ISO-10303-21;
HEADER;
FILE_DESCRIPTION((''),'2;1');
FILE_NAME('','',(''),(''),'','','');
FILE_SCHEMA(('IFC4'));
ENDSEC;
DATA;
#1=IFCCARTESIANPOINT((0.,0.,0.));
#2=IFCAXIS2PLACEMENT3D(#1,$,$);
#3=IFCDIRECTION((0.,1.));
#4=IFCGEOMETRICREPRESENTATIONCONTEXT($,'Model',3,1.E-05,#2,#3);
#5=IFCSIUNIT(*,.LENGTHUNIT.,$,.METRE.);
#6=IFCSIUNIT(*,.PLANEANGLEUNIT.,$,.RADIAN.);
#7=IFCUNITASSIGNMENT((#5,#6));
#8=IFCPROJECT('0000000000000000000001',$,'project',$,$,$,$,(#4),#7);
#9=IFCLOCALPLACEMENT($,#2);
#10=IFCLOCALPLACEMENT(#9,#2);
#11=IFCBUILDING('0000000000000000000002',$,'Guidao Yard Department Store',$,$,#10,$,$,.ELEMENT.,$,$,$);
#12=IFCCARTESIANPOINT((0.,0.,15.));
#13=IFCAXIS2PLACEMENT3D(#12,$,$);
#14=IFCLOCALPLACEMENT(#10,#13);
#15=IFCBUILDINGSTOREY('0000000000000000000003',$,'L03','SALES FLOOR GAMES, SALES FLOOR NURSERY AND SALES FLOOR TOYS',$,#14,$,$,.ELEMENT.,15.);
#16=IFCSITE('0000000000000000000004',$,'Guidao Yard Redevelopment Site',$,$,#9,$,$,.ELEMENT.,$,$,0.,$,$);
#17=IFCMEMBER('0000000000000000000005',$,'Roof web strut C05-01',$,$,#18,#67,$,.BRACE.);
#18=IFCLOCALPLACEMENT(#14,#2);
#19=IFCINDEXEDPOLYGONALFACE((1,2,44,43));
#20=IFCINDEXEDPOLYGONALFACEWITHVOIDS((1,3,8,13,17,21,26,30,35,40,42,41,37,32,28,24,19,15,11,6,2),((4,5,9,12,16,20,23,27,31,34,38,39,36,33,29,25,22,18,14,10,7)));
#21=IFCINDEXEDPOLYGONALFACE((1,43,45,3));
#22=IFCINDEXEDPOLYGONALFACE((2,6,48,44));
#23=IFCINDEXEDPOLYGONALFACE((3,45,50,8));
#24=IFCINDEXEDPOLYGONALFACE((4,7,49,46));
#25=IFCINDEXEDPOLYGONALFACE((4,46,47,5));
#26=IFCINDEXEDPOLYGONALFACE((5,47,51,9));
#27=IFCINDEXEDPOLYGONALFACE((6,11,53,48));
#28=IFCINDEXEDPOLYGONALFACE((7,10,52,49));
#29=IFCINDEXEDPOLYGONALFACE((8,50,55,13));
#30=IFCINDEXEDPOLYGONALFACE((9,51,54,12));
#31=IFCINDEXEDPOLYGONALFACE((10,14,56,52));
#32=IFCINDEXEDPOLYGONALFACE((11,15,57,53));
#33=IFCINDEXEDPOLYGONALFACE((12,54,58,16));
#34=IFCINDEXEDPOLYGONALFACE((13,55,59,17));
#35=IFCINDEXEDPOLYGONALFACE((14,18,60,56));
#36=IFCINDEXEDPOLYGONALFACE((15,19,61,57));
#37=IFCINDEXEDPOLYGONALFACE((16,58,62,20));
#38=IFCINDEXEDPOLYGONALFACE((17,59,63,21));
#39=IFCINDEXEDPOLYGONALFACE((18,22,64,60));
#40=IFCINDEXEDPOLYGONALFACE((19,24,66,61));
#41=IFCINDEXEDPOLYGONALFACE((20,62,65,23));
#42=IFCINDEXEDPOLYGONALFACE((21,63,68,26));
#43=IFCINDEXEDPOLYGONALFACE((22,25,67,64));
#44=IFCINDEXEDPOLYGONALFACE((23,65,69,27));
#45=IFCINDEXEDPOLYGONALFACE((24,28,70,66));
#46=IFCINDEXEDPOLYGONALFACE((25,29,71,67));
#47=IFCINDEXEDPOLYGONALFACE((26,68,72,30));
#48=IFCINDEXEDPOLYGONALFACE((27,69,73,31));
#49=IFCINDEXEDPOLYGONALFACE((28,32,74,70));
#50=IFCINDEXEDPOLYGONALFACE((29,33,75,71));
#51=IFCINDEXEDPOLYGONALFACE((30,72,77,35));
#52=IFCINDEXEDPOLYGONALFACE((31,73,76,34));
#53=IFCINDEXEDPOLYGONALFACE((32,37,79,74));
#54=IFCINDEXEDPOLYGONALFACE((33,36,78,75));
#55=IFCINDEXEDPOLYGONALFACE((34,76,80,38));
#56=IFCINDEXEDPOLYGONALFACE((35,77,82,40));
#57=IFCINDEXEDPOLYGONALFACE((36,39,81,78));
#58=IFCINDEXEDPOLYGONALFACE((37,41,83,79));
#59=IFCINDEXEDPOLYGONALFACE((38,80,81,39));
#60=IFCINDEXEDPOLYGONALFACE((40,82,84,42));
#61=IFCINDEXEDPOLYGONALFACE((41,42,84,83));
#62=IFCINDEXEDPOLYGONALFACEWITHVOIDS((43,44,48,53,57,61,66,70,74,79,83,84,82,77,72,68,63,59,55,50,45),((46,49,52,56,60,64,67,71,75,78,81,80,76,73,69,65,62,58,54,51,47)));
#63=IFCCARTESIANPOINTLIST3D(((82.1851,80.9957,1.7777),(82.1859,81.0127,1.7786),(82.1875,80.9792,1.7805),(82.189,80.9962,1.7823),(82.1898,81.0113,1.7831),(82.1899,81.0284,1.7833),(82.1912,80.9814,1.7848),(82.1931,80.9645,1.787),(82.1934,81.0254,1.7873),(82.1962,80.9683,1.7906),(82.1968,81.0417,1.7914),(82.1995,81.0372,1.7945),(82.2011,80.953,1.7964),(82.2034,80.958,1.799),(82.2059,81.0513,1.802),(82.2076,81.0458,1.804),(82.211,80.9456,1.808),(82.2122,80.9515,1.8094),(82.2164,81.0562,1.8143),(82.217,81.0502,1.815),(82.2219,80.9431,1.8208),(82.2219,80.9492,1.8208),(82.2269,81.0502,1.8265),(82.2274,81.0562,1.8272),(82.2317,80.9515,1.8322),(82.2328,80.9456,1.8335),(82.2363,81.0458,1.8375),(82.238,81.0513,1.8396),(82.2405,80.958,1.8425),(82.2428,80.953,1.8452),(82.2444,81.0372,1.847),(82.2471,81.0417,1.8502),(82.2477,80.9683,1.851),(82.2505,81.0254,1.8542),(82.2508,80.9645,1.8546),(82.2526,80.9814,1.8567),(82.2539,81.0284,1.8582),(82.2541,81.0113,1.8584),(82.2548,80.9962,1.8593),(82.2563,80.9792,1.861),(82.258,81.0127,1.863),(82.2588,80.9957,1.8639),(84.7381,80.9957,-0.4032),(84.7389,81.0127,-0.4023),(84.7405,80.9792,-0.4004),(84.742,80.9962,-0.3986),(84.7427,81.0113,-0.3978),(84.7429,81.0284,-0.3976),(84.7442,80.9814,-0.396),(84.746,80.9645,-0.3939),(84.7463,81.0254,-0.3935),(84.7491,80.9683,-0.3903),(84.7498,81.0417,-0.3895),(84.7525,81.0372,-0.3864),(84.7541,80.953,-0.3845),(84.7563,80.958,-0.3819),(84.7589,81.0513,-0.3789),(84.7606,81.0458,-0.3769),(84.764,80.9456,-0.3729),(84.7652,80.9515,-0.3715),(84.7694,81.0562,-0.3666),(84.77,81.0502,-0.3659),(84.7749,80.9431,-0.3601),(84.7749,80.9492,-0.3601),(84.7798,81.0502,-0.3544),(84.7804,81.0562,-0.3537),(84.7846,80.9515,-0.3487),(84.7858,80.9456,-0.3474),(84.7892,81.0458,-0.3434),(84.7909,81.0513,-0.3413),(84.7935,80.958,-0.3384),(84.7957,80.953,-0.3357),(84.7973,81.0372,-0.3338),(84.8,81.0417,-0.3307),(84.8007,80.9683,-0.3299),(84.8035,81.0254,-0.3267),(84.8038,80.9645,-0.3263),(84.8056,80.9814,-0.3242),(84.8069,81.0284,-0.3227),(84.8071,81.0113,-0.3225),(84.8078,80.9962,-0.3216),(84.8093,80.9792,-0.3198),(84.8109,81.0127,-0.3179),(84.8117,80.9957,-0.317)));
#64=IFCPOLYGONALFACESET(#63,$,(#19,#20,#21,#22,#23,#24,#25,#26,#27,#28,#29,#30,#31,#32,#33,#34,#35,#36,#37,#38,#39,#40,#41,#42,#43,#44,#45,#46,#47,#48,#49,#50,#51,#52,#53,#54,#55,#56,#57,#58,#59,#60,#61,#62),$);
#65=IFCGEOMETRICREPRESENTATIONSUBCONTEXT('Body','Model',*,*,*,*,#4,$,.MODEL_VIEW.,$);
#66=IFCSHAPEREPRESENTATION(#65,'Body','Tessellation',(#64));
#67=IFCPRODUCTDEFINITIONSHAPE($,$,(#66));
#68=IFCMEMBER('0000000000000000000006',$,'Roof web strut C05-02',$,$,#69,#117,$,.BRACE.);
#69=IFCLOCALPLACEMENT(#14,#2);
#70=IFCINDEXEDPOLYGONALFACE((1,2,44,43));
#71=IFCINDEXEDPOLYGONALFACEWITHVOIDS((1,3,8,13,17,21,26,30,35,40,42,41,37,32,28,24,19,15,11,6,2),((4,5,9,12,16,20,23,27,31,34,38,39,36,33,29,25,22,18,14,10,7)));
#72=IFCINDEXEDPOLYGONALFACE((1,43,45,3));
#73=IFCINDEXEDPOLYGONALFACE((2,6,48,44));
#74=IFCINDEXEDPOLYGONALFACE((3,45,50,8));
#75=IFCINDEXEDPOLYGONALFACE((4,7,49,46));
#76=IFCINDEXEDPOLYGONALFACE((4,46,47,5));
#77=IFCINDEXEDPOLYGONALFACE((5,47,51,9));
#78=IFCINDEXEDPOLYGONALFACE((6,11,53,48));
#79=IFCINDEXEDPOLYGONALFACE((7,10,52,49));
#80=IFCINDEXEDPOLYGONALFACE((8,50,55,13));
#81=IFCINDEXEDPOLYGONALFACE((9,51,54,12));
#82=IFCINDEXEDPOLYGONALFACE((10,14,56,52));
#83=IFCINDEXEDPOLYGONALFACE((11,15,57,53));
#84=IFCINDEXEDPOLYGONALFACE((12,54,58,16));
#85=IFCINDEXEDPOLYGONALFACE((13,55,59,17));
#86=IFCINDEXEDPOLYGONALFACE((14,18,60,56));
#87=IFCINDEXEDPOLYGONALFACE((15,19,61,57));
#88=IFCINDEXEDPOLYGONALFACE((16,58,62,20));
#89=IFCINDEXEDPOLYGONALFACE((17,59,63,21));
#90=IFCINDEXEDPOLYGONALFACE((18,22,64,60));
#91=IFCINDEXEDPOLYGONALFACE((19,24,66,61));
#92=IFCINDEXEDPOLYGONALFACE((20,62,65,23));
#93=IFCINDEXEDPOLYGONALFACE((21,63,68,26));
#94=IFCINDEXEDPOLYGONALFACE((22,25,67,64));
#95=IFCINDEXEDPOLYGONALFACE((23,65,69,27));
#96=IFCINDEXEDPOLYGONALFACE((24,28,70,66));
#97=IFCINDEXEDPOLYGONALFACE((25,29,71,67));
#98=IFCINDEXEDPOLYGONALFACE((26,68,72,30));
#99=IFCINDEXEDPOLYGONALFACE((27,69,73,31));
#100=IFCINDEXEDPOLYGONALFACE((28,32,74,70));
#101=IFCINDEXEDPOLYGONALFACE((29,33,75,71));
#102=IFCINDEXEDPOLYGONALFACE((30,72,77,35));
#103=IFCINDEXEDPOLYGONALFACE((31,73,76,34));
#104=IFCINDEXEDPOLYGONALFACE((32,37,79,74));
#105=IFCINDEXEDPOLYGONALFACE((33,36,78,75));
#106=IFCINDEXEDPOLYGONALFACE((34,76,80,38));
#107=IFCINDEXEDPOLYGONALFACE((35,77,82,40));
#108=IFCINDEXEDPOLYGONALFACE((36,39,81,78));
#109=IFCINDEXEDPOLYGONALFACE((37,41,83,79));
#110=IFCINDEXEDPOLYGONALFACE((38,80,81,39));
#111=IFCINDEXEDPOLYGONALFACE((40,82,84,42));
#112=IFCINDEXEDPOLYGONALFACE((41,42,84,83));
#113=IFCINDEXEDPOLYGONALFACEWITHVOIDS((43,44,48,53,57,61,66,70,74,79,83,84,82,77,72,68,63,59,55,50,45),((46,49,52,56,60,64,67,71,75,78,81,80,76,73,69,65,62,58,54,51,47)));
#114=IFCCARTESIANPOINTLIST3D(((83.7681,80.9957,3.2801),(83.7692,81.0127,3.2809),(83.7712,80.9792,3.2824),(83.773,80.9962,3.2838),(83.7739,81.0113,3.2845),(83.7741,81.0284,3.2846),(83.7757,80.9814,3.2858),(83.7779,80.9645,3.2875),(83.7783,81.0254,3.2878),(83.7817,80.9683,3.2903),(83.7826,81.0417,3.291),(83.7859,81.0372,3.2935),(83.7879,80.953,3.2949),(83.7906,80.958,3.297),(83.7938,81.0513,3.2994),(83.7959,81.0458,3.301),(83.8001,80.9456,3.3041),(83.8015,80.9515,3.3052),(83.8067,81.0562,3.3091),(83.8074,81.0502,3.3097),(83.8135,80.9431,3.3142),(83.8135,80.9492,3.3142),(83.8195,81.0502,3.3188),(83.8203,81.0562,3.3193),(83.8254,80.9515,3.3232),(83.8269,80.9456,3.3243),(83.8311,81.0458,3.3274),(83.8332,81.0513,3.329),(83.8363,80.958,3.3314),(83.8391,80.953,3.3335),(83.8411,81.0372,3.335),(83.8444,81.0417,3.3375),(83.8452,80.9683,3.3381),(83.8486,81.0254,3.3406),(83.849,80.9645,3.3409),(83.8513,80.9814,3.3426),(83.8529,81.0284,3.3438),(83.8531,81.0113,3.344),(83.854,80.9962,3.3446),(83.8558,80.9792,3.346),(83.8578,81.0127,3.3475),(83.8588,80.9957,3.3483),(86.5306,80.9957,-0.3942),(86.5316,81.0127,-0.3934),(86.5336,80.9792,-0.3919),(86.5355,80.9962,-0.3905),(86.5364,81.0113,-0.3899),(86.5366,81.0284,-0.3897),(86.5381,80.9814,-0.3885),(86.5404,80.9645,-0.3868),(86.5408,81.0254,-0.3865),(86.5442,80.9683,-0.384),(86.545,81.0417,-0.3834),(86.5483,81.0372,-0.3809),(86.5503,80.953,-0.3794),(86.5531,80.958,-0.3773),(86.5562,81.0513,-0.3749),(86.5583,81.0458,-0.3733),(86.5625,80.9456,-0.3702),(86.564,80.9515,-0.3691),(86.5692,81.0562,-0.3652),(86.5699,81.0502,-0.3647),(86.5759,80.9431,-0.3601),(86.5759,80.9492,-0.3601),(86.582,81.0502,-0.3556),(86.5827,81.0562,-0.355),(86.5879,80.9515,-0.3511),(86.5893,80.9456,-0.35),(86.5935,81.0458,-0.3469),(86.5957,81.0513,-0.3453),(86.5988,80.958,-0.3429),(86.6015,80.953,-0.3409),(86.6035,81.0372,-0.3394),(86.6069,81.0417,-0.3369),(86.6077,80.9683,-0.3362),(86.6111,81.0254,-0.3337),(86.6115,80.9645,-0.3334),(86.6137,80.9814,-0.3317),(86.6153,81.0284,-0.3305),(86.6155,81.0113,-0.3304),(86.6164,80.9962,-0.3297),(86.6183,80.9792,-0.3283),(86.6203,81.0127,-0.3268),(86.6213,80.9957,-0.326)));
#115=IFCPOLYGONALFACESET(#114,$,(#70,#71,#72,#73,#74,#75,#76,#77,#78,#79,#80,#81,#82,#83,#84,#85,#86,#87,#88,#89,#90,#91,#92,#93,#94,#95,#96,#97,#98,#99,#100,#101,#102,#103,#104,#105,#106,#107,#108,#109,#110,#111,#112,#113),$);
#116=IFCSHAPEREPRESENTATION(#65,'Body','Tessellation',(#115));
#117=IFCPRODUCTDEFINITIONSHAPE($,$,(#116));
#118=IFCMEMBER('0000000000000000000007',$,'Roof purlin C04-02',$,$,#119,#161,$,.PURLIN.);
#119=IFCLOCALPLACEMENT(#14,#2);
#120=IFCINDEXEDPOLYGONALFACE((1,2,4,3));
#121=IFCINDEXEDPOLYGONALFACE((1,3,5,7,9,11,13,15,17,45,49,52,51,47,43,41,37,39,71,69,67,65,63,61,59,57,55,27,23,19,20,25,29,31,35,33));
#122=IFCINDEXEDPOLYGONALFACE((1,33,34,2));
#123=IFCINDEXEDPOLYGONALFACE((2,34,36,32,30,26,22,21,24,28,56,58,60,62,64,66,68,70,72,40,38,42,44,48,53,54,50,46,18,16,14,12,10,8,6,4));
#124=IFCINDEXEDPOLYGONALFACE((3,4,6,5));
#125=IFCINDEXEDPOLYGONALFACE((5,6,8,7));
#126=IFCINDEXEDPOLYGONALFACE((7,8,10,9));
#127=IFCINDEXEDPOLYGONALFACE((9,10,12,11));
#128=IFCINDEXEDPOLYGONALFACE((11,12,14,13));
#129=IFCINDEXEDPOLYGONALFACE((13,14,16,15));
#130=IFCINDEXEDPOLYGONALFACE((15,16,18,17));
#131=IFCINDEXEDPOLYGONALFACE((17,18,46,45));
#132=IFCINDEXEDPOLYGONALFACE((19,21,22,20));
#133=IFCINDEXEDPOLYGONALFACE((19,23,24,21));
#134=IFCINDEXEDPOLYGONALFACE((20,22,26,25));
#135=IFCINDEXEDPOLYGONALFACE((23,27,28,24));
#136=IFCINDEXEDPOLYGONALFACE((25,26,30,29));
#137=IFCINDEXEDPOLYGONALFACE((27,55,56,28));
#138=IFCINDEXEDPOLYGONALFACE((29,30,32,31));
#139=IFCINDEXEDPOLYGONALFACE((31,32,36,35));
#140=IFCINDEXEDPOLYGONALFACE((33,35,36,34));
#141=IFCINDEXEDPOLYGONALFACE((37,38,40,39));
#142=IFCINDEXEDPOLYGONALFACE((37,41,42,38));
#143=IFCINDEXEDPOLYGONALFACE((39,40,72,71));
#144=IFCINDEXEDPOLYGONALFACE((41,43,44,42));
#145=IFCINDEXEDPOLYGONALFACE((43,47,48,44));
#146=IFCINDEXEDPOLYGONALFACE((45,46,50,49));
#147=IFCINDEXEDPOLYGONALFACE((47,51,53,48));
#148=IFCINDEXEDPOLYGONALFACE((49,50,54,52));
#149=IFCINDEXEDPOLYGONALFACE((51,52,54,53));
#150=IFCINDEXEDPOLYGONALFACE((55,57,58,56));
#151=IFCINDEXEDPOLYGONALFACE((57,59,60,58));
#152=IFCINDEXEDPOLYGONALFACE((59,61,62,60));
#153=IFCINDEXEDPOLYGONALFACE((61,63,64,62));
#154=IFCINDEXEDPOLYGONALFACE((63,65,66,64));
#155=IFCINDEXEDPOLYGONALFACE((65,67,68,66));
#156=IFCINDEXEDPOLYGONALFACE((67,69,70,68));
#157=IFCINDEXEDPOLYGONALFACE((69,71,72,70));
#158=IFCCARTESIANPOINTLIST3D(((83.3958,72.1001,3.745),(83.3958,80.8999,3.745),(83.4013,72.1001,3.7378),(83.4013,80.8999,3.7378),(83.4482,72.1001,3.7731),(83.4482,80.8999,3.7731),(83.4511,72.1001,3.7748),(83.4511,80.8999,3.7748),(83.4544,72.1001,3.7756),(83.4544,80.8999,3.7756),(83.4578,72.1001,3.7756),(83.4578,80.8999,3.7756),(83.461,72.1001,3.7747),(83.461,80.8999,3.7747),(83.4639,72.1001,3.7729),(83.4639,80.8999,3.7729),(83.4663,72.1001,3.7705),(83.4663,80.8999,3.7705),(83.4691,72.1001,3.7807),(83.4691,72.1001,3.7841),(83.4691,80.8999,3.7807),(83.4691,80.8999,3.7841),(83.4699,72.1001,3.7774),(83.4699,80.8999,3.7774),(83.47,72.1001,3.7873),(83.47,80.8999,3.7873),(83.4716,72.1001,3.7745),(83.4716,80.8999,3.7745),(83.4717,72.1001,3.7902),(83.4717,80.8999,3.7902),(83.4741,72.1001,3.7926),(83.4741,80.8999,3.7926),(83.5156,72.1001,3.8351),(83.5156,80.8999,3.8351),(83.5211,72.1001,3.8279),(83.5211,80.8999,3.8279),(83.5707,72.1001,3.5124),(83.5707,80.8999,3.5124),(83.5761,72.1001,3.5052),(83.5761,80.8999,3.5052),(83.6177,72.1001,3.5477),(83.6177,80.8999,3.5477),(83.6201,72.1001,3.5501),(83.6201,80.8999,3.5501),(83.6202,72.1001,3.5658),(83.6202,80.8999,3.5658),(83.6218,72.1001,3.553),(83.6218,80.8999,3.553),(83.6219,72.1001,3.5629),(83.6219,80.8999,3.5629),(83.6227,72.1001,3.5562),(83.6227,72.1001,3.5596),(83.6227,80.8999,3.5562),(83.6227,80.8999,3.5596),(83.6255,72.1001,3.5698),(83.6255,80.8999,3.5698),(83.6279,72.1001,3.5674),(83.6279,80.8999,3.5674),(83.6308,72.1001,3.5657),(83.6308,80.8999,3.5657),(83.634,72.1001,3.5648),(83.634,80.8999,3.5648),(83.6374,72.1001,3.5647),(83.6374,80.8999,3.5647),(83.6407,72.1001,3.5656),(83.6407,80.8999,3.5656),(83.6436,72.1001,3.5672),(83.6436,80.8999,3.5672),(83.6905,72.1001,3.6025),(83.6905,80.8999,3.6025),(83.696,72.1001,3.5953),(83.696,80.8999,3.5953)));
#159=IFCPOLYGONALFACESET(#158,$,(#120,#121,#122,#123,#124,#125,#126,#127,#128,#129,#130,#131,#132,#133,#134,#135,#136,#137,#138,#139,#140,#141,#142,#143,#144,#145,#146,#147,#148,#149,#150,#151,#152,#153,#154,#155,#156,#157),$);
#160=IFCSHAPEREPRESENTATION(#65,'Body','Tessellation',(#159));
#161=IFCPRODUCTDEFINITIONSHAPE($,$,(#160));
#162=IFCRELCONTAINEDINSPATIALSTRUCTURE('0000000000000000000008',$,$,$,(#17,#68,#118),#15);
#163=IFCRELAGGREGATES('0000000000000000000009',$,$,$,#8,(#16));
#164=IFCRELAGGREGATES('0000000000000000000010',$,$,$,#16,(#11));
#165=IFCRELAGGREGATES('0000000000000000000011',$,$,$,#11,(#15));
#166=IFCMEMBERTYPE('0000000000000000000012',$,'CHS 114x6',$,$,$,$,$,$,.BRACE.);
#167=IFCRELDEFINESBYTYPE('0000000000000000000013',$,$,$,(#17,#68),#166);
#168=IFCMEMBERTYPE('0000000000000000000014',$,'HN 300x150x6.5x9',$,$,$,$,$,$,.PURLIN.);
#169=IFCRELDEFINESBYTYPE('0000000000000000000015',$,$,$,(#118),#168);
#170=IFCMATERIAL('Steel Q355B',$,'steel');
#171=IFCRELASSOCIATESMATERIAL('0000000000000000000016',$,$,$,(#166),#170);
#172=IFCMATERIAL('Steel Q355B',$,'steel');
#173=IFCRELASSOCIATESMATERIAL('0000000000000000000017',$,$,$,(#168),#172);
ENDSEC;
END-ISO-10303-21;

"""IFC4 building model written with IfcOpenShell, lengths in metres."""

from ifc_helpers import new_model, si_unit, direction, frame, origin, origin_2d, place, context, subcontext, project, spatial, hollow_circle, i_section, extrude, material, material_profile, profile_set, type_object, element, save


model = new_model("IFC4")

# Units and contexts
model_context = context("Model", 3, precision=1e-05, world=origin(), true_north=direction((0.0, 1.0)))
body_context = subcontext(model_context, "Body", "Model", "MODEL_VIEW")
ifc_project = project(units=[si_unit("LENGTHUNIT", "METRE"), si_unit("PLANEANGLEUNIT", "RADIAN")], contexts=[model_context])

# Site, building, storey
site_placement = place(None, origin())
site = spatial("IfcSite", under=ifc_project, at=site_placement, Name="Guidao Yard Redevelopment Site", CompositionType="ELEMENT", RefElevation=0.0)
building_placement = place(site_placement, origin())
building = spatial("IfcBuilding", under=site, at=building_placement, Name="Guidao Yard Department Store", CompositionType="ELEMENT")
storey_placement = place(building_placement, frame((0.0, 0.0, 15.0)))
storey = spatial("IfcBuildingStorey", under=building, at=storey_placement, Name="L03", Description="SALES FLOOR GAMES, SALES FLOOR NURSERY AND SALES FLOOR TOYS", CompositionType="ELEMENT", Elevation=15.0)

# Members
ifc_material_1 = material(Name="Steel Q355B", Category="steel")
ifc_material_profile_1 = material_profile(ifc_material_1, hollow_circle(Radius=0.0569, WallThickness=0.0061, at=origin_2d()), Name="CHS 114x6")
ifc_profile_set_1 = profile_set([ifc_material_profile_1], Name="Steel Q355B")
member_type_1 = type_object("IfcMemberType", Name="CHS 114x6", PredefinedType="BRACE", material=ifc_profile_set_1)
member_1_placement = place(storey_placement, frame((84.7749, 81.0, -0.3601), z_axis=(-0.760339, 0.0, 0.649527), x_axis=(0.0, -1.0, 0.0)))
element("IfcMember", 1, at=member_1_placement, inside=storey, type_object=member_type_1, Name="Roof web strut C05-01", PredefinedType="BRACE", context=body_context, shape_type="SweptSolid", body=[
    extrude(hollow_circle(Radius=0.0569, WallThickness=0.0061, at=origin_2d()), origin(), (0.0, 0.0, 1.0), 3.3577),
])
member_2_placement = place(storey_placement, frame((86.5759, 81.0, -0.3601), z_axis=(-0.600934, 0.0, 0.799298), x_axis=(0.0, -1.0, 0.0)))
element("IfcMember", 2, at=member_2_placement, inside=storey, type_object=member_type_1, Name="Roof web strut C05-02", PredefinedType="BRACE", context=body_context, shape_type="SweptSolid", body=[
    extrude(hollow_circle(Radius=0.0569, WallThickness=0.0061, at=origin_2d()), origin(), (0.0, 0.0, 1.0), 4.5969),
])
ifc_material_2 = material(Name="Steel Q355B", Category="steel")
ifc_material_profile_2 = material_profile(ifc_material_2, i_section(OverallWidth=0.1499, OverallDepth=0.3, WebThickness=0.0066, FlangeThickness=0.009, FilletRadius=0.0129, at=origin_2d()), Name="HN 300x150x6.5x9")
ifc_profile_set_2 = profile_set([ifc_material_profile_2], Name="Steel Q355B")
member_type_2 = type_object("IfcMemberType", Name="HN 300x150x6.5x9", PredefinedType="PURLIN", material=ifc_profile_set_2)
for number, where, z_axis, x_axis, name in (
    (3, (83.5459, 72.1001, 3.6702), (0.0, 1.0, 0.0), (-0.799284, 0.0, -0.600954), "Roof purlin C04-02"),
):
    element("IfcMember", number, at=place(storey_placement, frame(where, z_axis=z_axis, x_axis=x_axis)), inside=storey, type_object=member_type_2, Name=name, PredefinedType="PURLIN", context=body_context, shape_type="SweptSolid", body=[
        extrude(i_section(OverallWidth=0.1499, OverallDepth=0.3, WebThickness=0.0066, FlangeThickness=0.009, FilletRadius=0.0129, at=origin_2d()), origin(), (0.0, 0.0, 1.0), 8.7998),
    ])

save(model, "model.ifc")
